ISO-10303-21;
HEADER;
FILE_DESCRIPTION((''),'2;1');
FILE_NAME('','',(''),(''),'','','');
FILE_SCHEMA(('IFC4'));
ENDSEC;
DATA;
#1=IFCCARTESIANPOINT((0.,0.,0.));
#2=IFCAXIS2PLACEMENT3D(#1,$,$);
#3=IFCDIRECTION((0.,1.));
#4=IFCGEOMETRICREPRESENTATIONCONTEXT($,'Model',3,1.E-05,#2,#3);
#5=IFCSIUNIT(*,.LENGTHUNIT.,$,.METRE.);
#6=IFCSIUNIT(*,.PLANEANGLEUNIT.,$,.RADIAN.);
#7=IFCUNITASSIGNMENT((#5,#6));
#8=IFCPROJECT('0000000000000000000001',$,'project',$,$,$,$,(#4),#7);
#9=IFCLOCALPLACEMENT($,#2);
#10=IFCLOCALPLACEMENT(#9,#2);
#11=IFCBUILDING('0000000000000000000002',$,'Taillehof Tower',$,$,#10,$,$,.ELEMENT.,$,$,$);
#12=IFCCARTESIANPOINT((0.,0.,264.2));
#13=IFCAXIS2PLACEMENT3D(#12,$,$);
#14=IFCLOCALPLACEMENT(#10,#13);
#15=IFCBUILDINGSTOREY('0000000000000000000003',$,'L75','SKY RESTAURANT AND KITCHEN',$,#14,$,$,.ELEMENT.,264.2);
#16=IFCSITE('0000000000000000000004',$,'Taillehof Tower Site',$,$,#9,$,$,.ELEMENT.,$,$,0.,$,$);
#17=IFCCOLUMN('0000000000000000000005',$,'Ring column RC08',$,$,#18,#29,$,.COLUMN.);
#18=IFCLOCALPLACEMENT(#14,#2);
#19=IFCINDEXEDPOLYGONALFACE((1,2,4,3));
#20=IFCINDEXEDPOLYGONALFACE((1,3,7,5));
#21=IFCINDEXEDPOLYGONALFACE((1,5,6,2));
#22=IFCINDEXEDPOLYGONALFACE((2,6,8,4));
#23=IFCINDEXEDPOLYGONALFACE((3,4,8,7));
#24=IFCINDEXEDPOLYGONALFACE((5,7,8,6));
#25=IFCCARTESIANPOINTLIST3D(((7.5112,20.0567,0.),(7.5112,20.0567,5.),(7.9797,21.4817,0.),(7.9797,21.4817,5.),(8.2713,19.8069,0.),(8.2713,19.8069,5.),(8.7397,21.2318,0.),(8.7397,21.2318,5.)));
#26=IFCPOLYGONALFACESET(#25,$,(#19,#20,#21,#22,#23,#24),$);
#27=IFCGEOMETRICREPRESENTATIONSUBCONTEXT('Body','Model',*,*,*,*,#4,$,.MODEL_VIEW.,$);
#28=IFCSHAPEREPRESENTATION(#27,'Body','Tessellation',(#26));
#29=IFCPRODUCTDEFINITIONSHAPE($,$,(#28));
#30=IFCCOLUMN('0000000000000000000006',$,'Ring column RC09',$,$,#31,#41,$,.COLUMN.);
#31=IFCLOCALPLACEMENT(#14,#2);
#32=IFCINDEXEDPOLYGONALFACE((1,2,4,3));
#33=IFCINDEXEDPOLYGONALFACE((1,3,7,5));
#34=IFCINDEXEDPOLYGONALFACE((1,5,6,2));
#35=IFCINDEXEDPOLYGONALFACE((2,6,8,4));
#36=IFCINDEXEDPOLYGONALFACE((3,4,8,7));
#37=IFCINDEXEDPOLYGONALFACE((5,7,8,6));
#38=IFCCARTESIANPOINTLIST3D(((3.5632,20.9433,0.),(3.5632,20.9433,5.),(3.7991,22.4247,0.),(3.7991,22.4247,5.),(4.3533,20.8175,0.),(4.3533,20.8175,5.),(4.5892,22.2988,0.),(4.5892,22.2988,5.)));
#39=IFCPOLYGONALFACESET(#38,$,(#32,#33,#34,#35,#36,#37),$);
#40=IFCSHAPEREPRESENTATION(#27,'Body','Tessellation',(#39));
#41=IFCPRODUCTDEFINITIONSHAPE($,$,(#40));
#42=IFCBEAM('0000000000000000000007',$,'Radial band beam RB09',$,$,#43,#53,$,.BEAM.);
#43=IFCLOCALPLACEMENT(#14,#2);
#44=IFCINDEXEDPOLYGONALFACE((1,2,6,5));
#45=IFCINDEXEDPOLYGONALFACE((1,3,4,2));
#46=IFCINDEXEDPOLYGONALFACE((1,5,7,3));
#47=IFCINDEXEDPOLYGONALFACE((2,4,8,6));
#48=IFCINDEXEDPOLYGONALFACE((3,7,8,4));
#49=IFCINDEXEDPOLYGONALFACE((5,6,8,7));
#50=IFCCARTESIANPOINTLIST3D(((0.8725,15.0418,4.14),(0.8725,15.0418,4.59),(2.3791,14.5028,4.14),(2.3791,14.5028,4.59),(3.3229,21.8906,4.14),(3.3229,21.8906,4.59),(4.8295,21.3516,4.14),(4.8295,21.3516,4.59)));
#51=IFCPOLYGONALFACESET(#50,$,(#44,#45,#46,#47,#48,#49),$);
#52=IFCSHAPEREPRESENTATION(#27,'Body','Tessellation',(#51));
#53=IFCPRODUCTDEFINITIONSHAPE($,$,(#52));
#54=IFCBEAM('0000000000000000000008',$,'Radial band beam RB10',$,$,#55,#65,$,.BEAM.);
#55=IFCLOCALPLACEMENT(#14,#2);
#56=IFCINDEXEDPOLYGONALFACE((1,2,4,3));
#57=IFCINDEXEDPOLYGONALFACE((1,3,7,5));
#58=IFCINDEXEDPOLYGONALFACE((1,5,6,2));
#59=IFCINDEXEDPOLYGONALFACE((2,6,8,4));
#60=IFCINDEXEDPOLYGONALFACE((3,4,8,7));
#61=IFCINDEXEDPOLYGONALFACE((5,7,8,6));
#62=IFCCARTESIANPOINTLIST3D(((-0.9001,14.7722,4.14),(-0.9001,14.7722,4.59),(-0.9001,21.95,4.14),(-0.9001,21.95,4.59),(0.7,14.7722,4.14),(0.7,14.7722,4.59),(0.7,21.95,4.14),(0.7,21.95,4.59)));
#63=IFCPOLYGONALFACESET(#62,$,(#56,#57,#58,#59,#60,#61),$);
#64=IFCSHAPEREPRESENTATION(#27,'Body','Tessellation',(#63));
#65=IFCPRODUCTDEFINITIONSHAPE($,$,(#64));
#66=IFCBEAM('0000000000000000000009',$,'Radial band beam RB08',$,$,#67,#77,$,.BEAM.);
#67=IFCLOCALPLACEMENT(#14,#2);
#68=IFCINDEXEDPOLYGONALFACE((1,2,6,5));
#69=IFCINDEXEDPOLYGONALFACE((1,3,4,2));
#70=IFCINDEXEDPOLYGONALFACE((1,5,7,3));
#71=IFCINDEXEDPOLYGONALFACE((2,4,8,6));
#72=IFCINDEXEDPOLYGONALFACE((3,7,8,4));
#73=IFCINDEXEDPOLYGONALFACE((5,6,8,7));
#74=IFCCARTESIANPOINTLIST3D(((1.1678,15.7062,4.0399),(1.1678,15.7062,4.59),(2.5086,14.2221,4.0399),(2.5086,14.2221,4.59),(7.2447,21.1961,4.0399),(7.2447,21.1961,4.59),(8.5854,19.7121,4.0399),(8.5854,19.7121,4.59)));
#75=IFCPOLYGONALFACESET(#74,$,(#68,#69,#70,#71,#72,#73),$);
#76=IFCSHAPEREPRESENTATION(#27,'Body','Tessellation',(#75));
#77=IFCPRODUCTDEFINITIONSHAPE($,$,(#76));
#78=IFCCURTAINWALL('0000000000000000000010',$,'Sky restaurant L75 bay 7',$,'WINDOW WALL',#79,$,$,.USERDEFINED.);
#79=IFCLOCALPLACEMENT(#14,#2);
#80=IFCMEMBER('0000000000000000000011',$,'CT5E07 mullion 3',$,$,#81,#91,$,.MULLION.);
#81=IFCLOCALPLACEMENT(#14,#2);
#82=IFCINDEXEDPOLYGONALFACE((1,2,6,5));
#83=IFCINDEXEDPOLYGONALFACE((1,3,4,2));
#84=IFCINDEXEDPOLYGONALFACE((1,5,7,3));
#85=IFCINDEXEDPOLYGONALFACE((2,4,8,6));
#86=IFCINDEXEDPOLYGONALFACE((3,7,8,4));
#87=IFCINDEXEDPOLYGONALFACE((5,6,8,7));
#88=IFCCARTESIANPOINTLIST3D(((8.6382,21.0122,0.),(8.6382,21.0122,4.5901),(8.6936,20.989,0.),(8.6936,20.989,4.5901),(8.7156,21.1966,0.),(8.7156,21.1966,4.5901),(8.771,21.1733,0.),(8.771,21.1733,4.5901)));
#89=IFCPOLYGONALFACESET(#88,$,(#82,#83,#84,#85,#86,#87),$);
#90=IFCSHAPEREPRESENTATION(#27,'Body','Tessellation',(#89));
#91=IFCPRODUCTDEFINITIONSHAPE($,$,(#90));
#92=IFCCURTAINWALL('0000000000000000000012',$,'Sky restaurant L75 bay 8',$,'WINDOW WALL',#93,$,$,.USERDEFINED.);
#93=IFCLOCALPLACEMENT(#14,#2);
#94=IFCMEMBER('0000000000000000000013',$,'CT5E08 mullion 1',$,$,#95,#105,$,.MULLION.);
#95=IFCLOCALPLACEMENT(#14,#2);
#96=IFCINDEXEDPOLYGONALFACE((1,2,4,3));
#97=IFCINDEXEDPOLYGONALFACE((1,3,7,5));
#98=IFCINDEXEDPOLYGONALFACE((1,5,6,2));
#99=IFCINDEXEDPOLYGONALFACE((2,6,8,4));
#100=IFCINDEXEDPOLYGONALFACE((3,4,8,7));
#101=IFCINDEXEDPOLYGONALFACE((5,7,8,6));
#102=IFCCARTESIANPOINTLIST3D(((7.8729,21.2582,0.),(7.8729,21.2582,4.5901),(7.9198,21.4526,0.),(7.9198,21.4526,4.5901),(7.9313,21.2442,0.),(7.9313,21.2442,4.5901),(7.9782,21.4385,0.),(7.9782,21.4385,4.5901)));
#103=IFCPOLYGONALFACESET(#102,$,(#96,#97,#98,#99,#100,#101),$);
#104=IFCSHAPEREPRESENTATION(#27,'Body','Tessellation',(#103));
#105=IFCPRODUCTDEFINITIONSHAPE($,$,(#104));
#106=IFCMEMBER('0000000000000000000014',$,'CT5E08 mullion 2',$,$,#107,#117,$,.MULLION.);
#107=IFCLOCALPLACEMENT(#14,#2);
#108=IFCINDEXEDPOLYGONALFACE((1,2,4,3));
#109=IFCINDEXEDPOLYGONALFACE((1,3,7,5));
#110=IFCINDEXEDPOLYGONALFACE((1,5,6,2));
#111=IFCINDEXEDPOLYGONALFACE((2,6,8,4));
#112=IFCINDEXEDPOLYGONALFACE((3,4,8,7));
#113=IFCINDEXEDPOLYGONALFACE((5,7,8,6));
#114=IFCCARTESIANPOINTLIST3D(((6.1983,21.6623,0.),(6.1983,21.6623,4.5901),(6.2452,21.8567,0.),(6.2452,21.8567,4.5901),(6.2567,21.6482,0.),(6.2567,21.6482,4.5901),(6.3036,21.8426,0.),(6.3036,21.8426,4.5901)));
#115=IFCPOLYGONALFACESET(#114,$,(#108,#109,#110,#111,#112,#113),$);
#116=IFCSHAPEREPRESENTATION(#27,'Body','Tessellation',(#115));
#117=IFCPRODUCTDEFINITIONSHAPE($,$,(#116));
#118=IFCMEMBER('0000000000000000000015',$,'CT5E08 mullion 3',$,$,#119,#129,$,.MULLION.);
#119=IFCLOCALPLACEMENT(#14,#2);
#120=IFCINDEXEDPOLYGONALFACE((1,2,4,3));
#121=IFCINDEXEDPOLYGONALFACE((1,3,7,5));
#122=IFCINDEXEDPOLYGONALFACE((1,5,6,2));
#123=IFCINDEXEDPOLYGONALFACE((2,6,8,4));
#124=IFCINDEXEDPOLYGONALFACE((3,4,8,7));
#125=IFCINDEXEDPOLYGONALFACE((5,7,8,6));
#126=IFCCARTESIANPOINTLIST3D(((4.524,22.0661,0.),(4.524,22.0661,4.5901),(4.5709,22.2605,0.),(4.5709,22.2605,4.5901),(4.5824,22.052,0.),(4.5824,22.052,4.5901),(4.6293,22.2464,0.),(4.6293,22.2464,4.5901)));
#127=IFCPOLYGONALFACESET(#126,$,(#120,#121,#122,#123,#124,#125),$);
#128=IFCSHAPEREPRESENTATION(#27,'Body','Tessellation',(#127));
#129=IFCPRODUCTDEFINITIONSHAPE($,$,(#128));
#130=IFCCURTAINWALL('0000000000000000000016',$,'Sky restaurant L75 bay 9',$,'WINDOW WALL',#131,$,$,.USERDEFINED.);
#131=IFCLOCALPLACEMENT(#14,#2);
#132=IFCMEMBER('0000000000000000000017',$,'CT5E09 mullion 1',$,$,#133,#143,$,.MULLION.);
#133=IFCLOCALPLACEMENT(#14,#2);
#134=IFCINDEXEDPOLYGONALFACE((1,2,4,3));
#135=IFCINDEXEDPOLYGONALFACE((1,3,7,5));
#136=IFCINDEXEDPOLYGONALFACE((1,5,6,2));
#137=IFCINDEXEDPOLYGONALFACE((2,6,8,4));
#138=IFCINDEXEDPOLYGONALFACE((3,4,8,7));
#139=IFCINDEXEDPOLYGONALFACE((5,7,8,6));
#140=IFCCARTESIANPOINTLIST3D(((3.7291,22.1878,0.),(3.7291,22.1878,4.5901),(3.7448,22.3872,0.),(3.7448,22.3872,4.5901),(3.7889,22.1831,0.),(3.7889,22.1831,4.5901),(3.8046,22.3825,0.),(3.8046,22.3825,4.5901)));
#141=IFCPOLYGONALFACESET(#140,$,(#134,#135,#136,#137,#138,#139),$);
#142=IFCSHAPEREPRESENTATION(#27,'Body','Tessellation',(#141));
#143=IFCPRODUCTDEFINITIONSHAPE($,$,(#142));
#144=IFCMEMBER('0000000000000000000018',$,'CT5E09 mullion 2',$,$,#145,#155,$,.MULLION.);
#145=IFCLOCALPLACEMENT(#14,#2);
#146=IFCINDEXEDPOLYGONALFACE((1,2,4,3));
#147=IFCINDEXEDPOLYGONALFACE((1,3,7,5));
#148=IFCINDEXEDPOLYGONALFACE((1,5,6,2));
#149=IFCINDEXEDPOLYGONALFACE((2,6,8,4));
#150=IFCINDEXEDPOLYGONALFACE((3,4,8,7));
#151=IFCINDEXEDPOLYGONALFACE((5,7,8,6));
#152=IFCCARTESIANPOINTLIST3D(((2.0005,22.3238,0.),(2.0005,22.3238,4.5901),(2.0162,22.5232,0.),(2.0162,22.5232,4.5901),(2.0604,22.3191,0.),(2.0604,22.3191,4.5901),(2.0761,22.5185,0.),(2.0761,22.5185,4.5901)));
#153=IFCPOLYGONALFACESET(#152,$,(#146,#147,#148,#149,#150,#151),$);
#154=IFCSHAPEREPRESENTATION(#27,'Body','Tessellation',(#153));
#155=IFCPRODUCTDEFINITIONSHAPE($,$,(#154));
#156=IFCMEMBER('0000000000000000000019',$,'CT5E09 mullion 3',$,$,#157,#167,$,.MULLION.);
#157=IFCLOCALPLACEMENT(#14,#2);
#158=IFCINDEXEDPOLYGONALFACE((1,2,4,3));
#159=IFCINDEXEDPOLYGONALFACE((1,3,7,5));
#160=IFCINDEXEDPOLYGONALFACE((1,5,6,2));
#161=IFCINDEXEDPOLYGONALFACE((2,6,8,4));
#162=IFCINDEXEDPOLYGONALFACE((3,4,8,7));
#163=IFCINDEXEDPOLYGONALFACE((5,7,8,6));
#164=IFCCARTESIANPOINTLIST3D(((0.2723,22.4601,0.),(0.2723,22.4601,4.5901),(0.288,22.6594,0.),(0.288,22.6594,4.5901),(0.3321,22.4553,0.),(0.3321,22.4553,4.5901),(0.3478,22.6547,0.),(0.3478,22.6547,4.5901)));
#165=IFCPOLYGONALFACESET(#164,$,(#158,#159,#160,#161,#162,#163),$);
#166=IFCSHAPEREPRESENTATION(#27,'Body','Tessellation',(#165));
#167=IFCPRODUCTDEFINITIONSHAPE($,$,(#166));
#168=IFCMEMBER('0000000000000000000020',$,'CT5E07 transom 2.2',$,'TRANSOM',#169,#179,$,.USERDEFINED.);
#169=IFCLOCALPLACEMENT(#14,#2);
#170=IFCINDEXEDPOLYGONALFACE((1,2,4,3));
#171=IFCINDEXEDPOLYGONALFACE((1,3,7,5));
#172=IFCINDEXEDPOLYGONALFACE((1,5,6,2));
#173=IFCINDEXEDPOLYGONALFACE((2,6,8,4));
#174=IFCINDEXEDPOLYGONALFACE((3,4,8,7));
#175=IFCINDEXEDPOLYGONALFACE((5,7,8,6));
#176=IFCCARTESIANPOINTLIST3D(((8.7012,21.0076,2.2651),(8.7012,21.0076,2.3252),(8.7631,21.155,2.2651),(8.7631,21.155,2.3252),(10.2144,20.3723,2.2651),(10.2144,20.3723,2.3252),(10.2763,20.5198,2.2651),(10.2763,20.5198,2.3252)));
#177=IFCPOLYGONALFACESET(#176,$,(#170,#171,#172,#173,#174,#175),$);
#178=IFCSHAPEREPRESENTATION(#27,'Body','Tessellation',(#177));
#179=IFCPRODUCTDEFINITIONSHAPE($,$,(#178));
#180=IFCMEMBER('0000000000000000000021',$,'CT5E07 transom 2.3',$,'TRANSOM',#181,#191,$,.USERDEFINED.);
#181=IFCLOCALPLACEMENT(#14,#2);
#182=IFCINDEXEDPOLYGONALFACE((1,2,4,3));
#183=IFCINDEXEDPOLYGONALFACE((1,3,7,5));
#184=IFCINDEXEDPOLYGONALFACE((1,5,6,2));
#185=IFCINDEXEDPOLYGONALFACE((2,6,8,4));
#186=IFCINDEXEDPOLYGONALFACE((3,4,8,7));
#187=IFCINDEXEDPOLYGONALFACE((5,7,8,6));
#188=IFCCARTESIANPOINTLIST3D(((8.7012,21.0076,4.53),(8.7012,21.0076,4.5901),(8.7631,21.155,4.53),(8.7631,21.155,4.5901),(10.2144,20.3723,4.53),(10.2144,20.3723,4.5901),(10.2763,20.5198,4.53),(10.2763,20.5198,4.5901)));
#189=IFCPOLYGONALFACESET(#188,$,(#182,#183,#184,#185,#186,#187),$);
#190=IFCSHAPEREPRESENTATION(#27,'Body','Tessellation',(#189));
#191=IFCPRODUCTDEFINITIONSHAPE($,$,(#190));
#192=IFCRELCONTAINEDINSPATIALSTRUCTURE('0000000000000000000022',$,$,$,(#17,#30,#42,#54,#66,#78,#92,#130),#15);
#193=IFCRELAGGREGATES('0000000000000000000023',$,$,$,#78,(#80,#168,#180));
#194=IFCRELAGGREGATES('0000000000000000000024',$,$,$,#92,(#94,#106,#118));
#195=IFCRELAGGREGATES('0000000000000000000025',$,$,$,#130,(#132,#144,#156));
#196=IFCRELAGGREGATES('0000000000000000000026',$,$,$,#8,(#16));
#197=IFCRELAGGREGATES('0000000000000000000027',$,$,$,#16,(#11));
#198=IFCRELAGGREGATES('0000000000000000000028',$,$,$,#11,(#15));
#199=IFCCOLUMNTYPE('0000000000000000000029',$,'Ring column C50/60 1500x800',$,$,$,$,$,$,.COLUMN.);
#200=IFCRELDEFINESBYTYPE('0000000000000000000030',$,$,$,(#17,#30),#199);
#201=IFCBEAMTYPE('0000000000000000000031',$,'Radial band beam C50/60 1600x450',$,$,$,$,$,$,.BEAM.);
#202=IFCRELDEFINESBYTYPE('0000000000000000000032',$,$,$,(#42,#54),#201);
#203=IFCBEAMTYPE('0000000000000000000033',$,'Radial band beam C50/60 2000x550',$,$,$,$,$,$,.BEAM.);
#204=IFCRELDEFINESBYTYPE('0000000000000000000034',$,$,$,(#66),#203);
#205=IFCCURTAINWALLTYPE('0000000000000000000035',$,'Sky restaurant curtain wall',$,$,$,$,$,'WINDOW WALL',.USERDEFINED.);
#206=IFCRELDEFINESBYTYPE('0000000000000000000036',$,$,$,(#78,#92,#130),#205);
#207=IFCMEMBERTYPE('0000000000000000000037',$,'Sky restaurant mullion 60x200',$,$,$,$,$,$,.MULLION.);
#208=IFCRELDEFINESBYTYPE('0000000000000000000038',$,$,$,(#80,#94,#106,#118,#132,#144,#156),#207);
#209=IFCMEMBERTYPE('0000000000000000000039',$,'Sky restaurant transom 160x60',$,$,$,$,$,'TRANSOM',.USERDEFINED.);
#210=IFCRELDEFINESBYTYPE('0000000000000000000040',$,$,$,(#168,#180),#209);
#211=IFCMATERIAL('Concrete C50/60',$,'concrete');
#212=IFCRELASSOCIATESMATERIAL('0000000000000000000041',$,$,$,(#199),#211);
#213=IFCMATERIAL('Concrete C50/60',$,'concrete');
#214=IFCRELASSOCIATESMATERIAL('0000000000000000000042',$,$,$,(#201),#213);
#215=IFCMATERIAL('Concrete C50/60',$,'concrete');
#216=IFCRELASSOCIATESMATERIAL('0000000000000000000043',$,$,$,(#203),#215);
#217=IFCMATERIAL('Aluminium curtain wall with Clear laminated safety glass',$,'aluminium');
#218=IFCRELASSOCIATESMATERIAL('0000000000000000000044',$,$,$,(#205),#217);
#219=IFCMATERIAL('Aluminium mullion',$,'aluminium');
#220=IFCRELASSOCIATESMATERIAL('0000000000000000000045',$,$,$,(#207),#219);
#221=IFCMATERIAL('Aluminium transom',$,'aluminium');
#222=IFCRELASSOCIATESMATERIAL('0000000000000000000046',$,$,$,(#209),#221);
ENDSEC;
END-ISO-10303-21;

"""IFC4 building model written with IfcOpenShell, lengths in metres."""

from ifc_helpers import new_model, si_unit, direction, frame, origin, origin_2d, place, context, subcontext, project, spatial, rectangle, extrude, material, material_profile, profile_set, type_object, element, aggregate, save


model = new_model("IFC4")

# Units and contexts
model_context = context("Model", 3, precision=1e-05, world=origin(), true_north=direction((0.0, 1.0)))
body_context = subcontext(model_context, "Body", "Model", "MODEL_VIEW")
ifc_project = project(units=[si_unit("LENGTHUNIT", "METRE"), si_unit("PLANEANGLEUNIT", "RADIAN")], contexts=[model_context])

# Site, building, storey
site_placement = place(None, origin())
site = spatial("IfcSite", under=ifc_project, at=site_placement, Name="Taillehof Tower Site", CompositionType="ELEMENT", RefElevation=0.0)
building_placement = place(site_placement, origin())
building = spatial("IfcBuilding", under=site, at=building_placement, Name="Taillehof Tower", CompositionType="ELEMENT")
storey_placement = place(building_placement, frame((0.0, 0.0, 264.2)))
storey = spatial("IfcBuildingStorey", under=building, at=storey_placement, Name="L75", Description="SKY RESTAURANT AND KITCHEN", CompositionType="ELEMENT", Elevation=264.2)

# Columns
ifc_material_1 = material(Name="Concrete C50/60", Category="concrete")
ifc_material_profile_1 = material_profile(ifc_material_1, rectangle(XDim=1.5, YDim=0.8, at=origin_2d()), Name="RC 1500x800")
ifc_profile_set_1 = profile_set([ifc_material_profile_1], Name="Concrete C50/60")
column_type = type_object("IfcColumnType", Name="Ring column C50/60 1500x800", PredefinedType="COLUMN", material=ifc_profile_set_1)
for number, where, z_axis, x_axis, name in (
    (1, (8.1255, 20.6443, 0.0), (0.0, 0.0, 1.0), (0.312304, 0.949982, 0.0), "Ring column RC08"),
    (2, (4.0762, 21.6211, 0.0), (0.0, 0.0, 1.0), (0.157281, 0.987554, 0.0), "Ring column RC09"),
):
    element("IfcColumn", number, at=place(storey_placement, frame(where, z_axis=z_axis, x_axis=x_axis)), inside=storey, type_object=column_type, Name=name, PredefinedType="COLUMN", context=body_context, shape_type="SweptSolid", body=[
        extrude(rectangle(XDim=1.5, YDim=0.8, at=origin_2d()), origin(), (0.0, 0.0, 1.0), 5.0),
    ])

# Beams
ifc_material_2 = material(Name="Concrete C50/60", Category="concrete")
ifc_material_profile_2 = material_profile(ifc_material_2, rectangle(XDim=1.6001, YDim=0.45, at=origin_2d()), Name="RC 1600x450")
ifc_profile_set_2 = profile_set([ifc_material_profile_2], Name="Concrete C50/60")
beam_type_1 = type_object("IfcBeamType", Name="Radial band beam C50/60 1600x450", PredefinedType="BEAM", material=ifc_profile_set_2)
beam_1_placement = place(storey_placement, frame((4.0762, 21.6211, 4.365), z_axis=(-0.336874, -0.94155, 0.0), x_axis=(0.94155, -0.336874, 0.0)))
element("IfcBeam", 3, at=beam_1_placement, inside=storey, type_object=beam_type_1, Name="Radial band beam RB09", PredefinedType="BEAM", context=body_context, shape_type="SweptSolid", body=[
    extrude(rectangle(XDim=1.6001, YDim=0.45, at=origin_2d()), origin(), (0.0, 0.0, 1.0), 7.2739),
])
beam_2_placement = place(storey_placement, frame((-0.1001, 21.95, 4.365), z_axis=(0.0, -1.0, 0.0), x_axis=(1.0, 0.0, 0.0)))
element("IfcBeam", 4, at=beam_2_placement, inside=storey, type_object=beam_type_1, Name="Radial band beam RB10", PredefinedType="BEAM", context=body_context, shape_type="SweptSolid", body=[
    extrude(rectangle(XDim=1.6001, YDim=0.45, at=origin_2d()), origin(), (0.0, 0.0, 1.0), 7.1777),
])
ifc_material_3 = material(Name="Concrete C50/60", Category="concrete")
ifc_material_profile_3 = material_profile(ifc_material_3, rectangle(XDim=2.0, YDim=0.55, at=origin_2d()), Name="RC 2000x550")
ifc_profile_set_3 = profile_set([ifc_material_profile_3], Name="Concrete C50/60")
beam_type_2 = type_object("IfcBeamType", Name="Radial band beam C50/60 2000x550", PredefinedType="BEAM", material=ifc_profile_set_3)
beam_3_placement = place(storey_placement, frame((7.915, 20.4541, 4.3149), z_axis=(-0.742031, -0.670365, 0.0), x_axis=(0.670365, -0.742031, 0.0)))
element("IfcBeam", 5, at=beam_3_placement, inside=storey, type_object=beam_type_2, Name="Radial band beam RB08", PredefinedType="BEAM", context=body_context, shape_type="SweptSolid", body=[
    extrude(rectangle(XDim=2.0, YDim=0.55, at=origin_2d()), origin(), (0.0, 0.0, 1.0), 8.1895),
])

# Curtain wall, member
ifc_material_4 = material(Name="Aluminium curtain wall with Clear laminated safety glass", Category="aluminium")
curtain_wall_type = type_object("IfcCurtainWallType", Name="Sky restaurant curtain wall", ElementType="WINDOW WALL", PredefinedType="USERDEFINED", material=ifc_material_4)
curtain_wall_1_placement = place(storey_placement, origin())
curtain_wall_1 = element("IfcCurtainWall", 6, at=curtain_wall_1_placement, inside=storey, type_object=curtain_wall_type, Name="Sky restaurant L75 bay 7", ObjectType="WINDOW WALL", PredefinedType="USERDEFINED")
ifc_material_5 = material(Name="Aluminium mullion", Category="aluminium")
ifc_material_profile_4 = material_profile(ifc_material_5, rectangle(XDim=0.2, YDim=0.0601, at=origin_2d()), Name="AL 60x200")
ifc_profile_set_4 = profile_set([ifc_material_profile_4], Name="Aluminium mullion")
member_type_1 = type_object("IfcMemberType", Name="Sky restaurant mullion 60x200", PredefinedType="MULLION", material=ifc_profile_set_4)
member_1_placement = place(storey_placement, frame((8.7046, 21.0928, 0.0), z_axis=(0.0, 0.0, 1.0), x_axis=(-0.387101, -0.922037, 0.0)))
member_1 = element("IfcMember", 7, at=member_1_placement, type_object=member_type_1, Name="CT5E07 mullion 3", PredefinedType="MULLION", context=body_context, shape_type="SweptSolid", body=[
    extrude(rectangle(XDim=0.2, YDim=0.0601, at=origin_2d()), origin(), (0.0, 0.0, 1.0), 4.5901),
])

# Curtain walls, members
curtain_wall_2_placement = place(storey_placement, origin())
curtain_wall_2 = element("IfcCurtainWall", 8, at=curtain_wall_2_placement, inside=storey, type_object=curtain_wall_type, Name="Sky restaurant L75 bay 8", ObjectType="WINDOW WALL", PredefinedType="USERDEFINED")
member_2_placement = place(storey_placement, frame((7.9255, 21.3484, 0.0), z_axis=(0.0, 0.0, 1.0), x_axis=(-0.234515, -0.972113, 0.0)))
member_2 = element("IfcMember", 9, at=member_2_placement, type_object=member_type_1, Name="CT5E08 mullion 1", PredefinedType="MULLION", context=body_context, shape_type="SweptSolid", body=[
    extrude(rectangle(XDim=0.2, YDim=0.0601, at=origin_2d()), origin(), (0.0, 0.0, 1.0), 4.5901),
])
member_3_placement = place(storey_placement, frame((6.251, 21.7524, 0.0), z_axis=(0.0, 0.0, 1.0), x_axis=(-0.234515, -0.972113, 0.0)))
member_3 = element("IfcMember", 10, at=member_3_placement, type_object=member_type_1, Name="CT5E08 mullion 2", PredefinedType="MULLION", context=body_context, shape_type="SweptSolid", body=[
    extrude(rectangle(XDim=0.2, YDim=0.0601, at=origin_2d()), origin(), (0.0, 0.0, 1.0), 4.5901),
])
member_4_placement = place(storey_placement, frame((4.5767, 22.1562, 0.0), z_axis=(0.0, 0.0, 1.0), x_axis=(-0.234515, -0.972113, 0.0)))
member_4 = element("IfcMember", 11, at=member_4_placement, type_object=member_type_1, Name="CT5E08 mullion 3", PredefinedType="MULLION", context=body_context, shape_type="SweptSolid", body=[
    extrude(rectangle(XDim=0.2, YDim=0.0601, at=origin_2d()), origin(), (0.0, 0.0, 1.0), 4.5901),
])
curtain_wall_3_placement = place(storey_placement, origin())
curtain_wall_3 = element("IfcCurtainWall", 12, at=curtain_wall_3_placement, inside=storey, type_object=curtain_wall_type, Name="Sky restaurant L75 bay 9", ObjectType="WINDOW WALL", PredefinedType="USERDEFINED")
member_5_placement = place(storey_placement, frame((3.7668, 22.2852, 0.0), z_axis=(0.0, 0.0, 1.0), x_axis=(-0.078525, -0.996912, 0.0)))
member_5 = element("IfcMember", 13, at=member_5_placement, type_object=member_type_1, Name="CT5E09 mullion 1", PredefinedType="MULLION", context=body_context, shape_type="SweptSolid", body=[
    extrude(rectangle(XDim=0.2, YDim=0.0601, at=origin_2d()), origin(), (0.0, 0.0, 1.0), 4.5901),
])
member_6_placement = place(storey_placement, frame((2.0383, 22.4211, 0.0), z_axis=(0.0, 0.0, 1.0), x_axis=(-0.078525, -0.996912, 0.0)))
member_6 = element("IfcMember", 14, at=member_6_placement, type_object=member_type_1, Name="CT5E09 mullion 2", PredefinedType="MULLION", context=body_context, shape_type="SweptSolid", body=[
    extrude(rectangle(XDim=0.2, YDim=0.0601, at=origin_2d()), origin(), (0.0, 0.0, 1.0), 4.5901),
])
member_7_placement = place(storey_placement, frame((0.3101, 22.5574, 0.0), z_axis=(0.0, 0.0, 1.0), x_axis=(-0.078525, -0.996912, 0.0)))
member_7 = element("IfcMember", 15, at=member_7_placement, type_object=member_type_1, Name="CT5E09 mullion 3", PredefinedType="MULLION", context=body_context, shape_type="SweptSolid", body=[
    extrude(rectangle(XDim=0.2, YDim=0.0601, at=origin_2d()), origin(), (0.0, 0.0, 1.0), 4.5901),
])

# Members
ifc_material_6 = material(Name="Aluminium transom", Category="aluminium")
ifc_material_profile_5 = material_profile(ifc_material_6, rectangle(XDim=0.1599, YDim=0.0601, at=origin_2d()), Name="AL 160x60")
ifc_profile_set_5 = profile_set([ifc_material_profile_5], Name="Aluminium transom")
member_type_2 = type_object("IfcMemberType", Name="Sky restaurant transom 160x60", ElementType="TRANSOM", PredefinedType="USERDEFINED", material=ifc_profile_set_5)
member_8_placement = place(storey_placement, frame((10.2454, 20.446, 2.2952), z_axis=(-0.922044, 0.387086, 0.0), x_axis=(-0.387086, -0.922044, 0.0)))
member_8 = element("IfcMember", 16, at=member_8_placement, type_object=member_type_2, Name="CT5E07 transom 2.2", ObjectType="TRANSOM", PredefinedType="USERDEFINED", context=body_context, shape_type="SweptSolid", body=[
    extrude(rectangle(XDim=0.1599, YDim=0.0601, at=origin_2d()), origin(), (0.0, 0.0, 1.0), 1.6411),
])
member_9_placement = place(storey_placement, frame((10.2454, 20.446, 4.5601), z_axis=(-0.922044, 0.387086, 0.0), x_axis=(-0.387086, -0.922044, 0.0)))
member_9 = element("IfcMember", 17, at=member_9_placement, type_object=member_type_2, Name="CT5E07 transom 2.3", ObjectType="TRANSOM", PredefinedType="USERDEFINED", context=body_context, shape_type="SweptSolid", body=[
    extrude(rectangle(XDim=0.1599, YDim=0.0601, at=origin_2d()), origin(), (0.0, 0.0, 1.0), 1.6411),
])

aggregate(curtain_wall_1, [member_1, member_8, member_9])
aggregate(curtain_wall_2, [member_2, member_3, member_4])
aggregate(curtain_wall_3, [member_5, member_6, member_7])

save(model, "model.ifc")
